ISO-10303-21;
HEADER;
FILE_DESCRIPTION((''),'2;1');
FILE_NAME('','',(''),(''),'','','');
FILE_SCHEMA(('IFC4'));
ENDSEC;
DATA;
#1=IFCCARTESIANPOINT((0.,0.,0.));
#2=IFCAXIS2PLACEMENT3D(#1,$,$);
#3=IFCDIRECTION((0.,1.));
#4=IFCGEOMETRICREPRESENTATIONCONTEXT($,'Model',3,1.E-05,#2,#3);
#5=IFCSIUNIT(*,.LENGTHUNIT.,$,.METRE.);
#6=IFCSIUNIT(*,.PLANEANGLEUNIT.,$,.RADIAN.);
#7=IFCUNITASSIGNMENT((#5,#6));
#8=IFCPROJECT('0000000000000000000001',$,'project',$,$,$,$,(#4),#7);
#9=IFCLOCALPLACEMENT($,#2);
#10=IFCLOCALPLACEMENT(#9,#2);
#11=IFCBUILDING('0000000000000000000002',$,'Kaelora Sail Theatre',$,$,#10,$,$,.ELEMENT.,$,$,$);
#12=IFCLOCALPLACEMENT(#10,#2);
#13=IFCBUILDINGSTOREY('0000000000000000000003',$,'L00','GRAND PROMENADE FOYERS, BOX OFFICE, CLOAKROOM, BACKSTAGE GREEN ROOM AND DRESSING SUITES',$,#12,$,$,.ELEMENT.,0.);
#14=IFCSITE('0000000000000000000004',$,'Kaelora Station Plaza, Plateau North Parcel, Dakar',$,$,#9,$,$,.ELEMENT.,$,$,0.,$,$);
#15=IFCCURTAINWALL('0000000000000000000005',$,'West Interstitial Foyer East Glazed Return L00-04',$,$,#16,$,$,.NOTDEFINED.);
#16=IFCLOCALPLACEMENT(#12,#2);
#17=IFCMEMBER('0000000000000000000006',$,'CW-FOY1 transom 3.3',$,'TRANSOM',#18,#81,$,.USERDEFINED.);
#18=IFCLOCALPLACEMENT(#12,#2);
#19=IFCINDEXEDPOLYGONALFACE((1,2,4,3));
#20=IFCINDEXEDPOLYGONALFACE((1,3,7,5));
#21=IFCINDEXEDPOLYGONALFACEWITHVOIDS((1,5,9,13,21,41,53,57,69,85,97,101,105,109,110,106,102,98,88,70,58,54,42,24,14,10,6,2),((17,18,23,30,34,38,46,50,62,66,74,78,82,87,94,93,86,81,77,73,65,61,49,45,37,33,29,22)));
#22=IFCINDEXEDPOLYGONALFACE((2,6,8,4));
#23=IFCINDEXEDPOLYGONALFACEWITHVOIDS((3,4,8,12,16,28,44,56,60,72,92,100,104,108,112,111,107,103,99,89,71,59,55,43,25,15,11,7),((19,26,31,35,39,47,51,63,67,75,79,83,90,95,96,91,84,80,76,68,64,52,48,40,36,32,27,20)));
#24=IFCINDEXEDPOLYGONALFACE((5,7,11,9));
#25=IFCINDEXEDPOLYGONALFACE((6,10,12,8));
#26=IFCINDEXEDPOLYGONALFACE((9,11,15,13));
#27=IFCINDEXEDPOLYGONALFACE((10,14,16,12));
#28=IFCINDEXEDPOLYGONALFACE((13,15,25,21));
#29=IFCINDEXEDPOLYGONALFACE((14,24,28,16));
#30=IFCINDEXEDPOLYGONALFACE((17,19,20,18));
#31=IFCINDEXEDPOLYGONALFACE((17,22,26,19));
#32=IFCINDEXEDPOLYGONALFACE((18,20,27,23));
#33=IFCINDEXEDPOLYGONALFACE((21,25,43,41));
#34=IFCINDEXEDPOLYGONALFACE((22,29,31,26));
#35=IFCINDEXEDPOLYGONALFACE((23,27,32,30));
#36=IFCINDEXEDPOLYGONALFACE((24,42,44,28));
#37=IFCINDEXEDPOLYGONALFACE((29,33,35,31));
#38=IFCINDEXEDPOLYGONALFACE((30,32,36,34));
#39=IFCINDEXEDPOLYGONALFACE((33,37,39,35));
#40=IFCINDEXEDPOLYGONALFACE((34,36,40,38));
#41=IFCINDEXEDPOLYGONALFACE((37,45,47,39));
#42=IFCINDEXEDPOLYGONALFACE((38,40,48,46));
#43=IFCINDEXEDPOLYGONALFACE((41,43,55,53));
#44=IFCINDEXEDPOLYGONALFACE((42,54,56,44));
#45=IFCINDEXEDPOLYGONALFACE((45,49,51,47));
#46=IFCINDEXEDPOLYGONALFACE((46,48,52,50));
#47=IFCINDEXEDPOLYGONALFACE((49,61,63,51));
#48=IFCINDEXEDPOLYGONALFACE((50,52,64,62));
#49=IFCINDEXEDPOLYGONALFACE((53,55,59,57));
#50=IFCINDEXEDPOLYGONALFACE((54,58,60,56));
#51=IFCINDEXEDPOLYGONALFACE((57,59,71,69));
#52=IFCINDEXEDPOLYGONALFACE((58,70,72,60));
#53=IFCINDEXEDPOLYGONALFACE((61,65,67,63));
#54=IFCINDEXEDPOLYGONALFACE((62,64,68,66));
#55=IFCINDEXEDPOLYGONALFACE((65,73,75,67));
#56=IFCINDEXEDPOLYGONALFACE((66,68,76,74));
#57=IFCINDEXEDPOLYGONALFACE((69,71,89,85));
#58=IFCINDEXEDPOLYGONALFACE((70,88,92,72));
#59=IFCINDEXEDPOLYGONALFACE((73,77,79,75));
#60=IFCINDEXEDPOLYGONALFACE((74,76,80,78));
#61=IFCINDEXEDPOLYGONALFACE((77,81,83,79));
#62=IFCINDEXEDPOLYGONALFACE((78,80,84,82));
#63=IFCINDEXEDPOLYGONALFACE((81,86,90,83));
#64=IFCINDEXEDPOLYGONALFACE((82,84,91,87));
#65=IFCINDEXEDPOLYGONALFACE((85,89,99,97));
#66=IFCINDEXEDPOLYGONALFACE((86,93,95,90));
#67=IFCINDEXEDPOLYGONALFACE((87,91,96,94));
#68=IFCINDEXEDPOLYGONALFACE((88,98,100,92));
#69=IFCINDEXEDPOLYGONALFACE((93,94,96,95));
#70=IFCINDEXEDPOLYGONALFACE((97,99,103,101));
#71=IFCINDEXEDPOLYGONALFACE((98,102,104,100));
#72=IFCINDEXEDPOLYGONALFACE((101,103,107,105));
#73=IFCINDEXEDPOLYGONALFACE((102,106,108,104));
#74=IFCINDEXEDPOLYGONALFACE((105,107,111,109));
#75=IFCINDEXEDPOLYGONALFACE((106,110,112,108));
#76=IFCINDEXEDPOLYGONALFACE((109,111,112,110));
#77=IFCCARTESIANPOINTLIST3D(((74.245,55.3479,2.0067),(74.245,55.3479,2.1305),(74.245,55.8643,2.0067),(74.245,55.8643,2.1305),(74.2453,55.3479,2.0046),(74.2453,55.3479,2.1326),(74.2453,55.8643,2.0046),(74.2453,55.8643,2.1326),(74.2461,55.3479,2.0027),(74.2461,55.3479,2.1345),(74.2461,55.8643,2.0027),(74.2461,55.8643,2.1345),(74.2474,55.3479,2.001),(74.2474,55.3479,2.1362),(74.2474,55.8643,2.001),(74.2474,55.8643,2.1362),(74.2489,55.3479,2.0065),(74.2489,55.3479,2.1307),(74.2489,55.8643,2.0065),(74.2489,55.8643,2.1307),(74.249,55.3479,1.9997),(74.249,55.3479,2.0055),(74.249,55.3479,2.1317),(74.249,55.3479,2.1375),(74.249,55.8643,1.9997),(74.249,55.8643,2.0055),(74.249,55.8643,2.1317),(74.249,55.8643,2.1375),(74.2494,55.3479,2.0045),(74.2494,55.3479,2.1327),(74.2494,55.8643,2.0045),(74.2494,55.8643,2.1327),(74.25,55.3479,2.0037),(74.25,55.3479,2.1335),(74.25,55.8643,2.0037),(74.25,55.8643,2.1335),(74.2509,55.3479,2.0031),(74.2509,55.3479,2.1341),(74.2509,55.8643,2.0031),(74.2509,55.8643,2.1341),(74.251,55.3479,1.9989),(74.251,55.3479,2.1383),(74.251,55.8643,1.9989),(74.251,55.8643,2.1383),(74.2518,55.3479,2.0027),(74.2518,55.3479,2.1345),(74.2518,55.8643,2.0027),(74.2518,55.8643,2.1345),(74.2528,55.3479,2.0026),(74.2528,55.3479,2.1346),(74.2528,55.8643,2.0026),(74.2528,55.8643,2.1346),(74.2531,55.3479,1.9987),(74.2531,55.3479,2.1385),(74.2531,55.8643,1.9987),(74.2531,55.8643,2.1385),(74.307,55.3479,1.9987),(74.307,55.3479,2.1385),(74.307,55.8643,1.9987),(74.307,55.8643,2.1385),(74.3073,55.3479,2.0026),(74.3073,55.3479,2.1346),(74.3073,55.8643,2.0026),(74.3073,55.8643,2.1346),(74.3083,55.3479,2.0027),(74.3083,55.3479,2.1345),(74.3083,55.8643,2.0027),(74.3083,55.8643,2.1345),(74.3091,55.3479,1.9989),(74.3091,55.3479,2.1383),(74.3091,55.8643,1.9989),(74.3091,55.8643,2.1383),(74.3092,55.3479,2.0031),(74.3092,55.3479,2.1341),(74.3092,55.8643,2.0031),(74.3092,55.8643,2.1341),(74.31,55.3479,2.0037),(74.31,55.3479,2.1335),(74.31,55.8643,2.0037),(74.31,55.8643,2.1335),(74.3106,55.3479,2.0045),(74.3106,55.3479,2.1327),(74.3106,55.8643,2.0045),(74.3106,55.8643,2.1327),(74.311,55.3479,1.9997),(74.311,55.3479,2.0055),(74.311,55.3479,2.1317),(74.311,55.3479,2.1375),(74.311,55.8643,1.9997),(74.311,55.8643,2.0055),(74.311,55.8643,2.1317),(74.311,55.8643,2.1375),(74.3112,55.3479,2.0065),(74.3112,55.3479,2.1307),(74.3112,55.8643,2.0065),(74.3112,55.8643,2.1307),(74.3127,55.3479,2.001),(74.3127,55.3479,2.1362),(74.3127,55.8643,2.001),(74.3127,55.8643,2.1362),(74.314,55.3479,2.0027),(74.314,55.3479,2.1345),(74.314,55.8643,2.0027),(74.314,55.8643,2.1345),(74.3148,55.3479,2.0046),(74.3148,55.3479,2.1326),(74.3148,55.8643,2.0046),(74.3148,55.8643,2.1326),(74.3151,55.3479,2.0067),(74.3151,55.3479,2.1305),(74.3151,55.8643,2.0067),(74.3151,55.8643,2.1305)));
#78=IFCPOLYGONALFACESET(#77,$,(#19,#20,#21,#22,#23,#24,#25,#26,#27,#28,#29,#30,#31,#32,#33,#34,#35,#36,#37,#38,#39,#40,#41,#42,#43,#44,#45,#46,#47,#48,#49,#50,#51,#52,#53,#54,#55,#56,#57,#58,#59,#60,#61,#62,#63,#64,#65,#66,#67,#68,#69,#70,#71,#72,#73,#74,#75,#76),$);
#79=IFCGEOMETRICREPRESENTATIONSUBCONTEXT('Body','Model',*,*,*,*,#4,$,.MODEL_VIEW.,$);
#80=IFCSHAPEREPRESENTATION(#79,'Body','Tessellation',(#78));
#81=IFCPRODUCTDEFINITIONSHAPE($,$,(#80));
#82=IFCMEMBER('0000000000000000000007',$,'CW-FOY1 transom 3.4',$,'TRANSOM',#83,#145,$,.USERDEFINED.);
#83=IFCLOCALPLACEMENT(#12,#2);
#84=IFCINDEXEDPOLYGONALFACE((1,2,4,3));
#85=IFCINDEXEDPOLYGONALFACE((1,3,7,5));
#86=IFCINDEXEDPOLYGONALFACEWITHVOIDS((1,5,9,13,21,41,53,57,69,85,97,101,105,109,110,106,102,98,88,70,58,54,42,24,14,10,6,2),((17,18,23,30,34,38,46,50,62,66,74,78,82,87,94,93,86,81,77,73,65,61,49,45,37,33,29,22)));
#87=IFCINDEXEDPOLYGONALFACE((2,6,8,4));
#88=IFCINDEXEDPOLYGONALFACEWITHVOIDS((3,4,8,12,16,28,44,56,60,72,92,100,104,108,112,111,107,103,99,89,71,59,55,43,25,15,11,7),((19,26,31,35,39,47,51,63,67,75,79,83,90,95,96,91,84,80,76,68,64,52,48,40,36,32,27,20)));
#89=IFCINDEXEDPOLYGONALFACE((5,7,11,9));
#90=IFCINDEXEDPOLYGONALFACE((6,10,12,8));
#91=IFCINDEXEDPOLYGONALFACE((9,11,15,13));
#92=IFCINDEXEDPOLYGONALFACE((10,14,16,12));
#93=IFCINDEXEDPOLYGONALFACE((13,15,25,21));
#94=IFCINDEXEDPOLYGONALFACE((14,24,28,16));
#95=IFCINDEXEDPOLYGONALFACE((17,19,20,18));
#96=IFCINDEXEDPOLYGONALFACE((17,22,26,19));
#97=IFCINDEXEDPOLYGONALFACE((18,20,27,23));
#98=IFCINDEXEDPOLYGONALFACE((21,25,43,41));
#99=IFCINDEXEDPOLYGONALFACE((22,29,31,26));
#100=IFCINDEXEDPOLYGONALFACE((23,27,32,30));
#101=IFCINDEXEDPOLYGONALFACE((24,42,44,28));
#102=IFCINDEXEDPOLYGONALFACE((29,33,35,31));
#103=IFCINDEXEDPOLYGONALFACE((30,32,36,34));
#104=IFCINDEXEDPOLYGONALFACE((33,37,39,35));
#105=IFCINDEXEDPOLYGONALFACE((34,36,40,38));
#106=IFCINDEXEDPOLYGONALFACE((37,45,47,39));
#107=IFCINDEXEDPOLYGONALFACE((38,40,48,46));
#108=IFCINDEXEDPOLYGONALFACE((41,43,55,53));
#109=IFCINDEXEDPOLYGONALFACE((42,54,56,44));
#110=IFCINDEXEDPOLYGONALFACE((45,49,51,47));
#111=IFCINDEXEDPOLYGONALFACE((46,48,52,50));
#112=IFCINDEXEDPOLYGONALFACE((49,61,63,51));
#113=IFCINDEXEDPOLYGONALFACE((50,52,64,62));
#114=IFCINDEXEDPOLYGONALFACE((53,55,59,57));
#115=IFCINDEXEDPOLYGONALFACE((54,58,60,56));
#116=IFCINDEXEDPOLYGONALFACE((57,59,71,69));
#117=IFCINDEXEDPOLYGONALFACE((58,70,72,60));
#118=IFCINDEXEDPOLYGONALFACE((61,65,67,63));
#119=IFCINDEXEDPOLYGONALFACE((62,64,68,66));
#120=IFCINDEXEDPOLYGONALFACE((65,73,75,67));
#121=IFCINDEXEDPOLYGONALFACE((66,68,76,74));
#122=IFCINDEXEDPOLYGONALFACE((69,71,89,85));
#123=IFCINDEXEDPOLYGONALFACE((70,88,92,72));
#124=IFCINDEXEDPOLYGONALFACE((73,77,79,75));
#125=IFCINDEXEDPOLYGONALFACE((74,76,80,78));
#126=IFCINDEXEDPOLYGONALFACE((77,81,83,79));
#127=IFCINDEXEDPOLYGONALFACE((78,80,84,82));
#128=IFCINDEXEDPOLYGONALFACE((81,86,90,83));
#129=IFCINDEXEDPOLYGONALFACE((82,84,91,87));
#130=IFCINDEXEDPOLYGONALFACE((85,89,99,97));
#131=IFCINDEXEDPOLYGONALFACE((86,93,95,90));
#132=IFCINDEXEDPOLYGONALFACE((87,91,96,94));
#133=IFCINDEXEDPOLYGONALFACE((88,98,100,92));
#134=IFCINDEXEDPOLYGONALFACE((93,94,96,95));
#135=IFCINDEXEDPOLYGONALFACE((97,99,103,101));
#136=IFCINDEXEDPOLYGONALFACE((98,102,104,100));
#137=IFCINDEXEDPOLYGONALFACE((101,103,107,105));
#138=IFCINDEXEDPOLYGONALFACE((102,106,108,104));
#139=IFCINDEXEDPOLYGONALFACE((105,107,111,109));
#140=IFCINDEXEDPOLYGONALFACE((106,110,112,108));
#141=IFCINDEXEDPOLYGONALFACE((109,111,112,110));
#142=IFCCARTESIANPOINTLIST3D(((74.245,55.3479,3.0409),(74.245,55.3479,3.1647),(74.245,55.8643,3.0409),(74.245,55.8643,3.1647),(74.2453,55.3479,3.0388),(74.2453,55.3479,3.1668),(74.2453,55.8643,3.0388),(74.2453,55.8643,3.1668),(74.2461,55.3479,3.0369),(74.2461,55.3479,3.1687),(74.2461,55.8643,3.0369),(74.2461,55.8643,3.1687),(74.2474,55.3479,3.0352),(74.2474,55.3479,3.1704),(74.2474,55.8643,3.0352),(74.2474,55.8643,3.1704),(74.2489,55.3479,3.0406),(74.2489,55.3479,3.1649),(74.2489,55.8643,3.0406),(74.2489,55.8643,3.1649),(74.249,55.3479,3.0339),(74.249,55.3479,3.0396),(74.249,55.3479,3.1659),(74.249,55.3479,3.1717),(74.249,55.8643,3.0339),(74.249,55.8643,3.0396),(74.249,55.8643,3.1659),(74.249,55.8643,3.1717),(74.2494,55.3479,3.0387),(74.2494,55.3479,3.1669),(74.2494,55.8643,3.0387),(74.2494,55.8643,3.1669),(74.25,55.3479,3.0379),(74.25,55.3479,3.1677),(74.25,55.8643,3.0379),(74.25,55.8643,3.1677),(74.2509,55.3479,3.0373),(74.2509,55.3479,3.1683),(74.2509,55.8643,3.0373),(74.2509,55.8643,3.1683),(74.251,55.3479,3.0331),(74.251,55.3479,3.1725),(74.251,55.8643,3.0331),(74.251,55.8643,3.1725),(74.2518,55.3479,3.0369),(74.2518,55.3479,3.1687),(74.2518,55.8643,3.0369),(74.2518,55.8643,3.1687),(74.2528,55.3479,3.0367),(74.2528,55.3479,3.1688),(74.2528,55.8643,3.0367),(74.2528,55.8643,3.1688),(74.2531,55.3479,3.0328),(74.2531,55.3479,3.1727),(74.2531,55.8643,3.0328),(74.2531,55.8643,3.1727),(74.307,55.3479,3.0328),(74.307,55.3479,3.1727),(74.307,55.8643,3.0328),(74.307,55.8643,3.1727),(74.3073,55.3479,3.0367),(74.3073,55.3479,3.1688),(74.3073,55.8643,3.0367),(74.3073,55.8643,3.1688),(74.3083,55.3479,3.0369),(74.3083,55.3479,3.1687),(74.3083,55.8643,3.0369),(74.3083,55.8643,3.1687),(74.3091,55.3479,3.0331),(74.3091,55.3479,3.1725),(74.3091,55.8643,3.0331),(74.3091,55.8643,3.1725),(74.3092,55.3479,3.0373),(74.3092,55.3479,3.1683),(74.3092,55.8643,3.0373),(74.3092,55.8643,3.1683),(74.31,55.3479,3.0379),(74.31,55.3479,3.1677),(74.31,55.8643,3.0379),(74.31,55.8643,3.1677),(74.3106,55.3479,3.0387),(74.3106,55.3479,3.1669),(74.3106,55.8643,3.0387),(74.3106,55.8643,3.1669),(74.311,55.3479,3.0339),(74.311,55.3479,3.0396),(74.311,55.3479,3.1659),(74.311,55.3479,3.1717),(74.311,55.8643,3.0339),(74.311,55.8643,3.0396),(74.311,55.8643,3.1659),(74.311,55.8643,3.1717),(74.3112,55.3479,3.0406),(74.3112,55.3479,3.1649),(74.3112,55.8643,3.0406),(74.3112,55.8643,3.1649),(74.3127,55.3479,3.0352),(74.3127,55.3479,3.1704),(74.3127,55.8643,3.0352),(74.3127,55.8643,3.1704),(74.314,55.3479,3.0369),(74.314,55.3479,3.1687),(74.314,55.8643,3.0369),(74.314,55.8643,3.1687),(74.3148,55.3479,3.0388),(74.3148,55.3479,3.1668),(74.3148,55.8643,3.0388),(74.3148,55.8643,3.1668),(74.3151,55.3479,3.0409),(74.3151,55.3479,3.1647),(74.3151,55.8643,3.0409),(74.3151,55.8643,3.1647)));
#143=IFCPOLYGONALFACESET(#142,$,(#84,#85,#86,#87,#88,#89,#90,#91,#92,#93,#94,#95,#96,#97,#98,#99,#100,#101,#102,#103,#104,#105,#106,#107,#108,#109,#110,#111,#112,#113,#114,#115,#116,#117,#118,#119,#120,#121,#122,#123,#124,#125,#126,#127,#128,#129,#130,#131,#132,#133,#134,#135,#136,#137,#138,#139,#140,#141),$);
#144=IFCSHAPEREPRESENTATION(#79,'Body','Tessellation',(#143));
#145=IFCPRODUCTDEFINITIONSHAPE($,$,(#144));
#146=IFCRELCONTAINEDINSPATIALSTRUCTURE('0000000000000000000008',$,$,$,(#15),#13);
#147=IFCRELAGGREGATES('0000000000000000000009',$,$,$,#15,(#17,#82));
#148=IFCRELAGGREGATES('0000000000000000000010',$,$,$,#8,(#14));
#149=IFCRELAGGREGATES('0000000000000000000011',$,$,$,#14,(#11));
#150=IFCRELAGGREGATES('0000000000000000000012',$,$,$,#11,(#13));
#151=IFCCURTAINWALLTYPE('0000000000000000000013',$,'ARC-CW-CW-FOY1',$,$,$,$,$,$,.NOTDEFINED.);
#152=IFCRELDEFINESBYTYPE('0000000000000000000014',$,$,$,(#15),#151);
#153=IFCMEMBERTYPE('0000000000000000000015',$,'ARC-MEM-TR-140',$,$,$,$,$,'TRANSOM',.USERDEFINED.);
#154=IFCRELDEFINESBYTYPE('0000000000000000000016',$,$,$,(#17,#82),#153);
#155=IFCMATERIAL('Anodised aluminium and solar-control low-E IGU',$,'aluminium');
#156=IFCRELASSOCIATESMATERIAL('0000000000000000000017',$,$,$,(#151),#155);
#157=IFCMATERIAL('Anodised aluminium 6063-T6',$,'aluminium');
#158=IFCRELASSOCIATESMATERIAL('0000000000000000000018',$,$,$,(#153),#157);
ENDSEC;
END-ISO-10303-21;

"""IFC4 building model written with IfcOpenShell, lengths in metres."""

from ifc_helpers import new_model, si_unit, direction, frame, origin, origin_2d, place, context, subcontext, project, spatial, hollow_rectangle, extrude, material, material_profile, profile_set, type_object, element, aggregate, save


model = new_model("IFC4")

# Units and contexts
model_context = context("Model", 3, precision=1e-05, world=origin(), true_north=direction((0.0, 1.0)))
body_context = subcontext(model_context, "Body", "Model", "MODEL_VIEW")
ifc_project = project(units=[si_unit("LENGTHUNIT", "METRE"), si_unit("PLANEANGLEUNIT", "RADIAN")], contexts=[model_context])

# Site, building, storey
site_placement = place(None, origin())
site = spatial("IfcSite", under=ifc_project, at=site_placement, Name="Kaelora Station Plaza, Plateau North Parcel, Dakar", CompositionType="ELEMENT", RefElevation=0.0)
building_placement = place(site_placement, origin())
building = spatial("IfcBuilding", under=site, at=building_placement, Name="Kaelora Sail Theatre", CompositionType="ELEMENT")
storey_placement = place(building_placement, origin())
storey = spatial("IfcBuildingStorey", under=building, at=storey_placement, Name="L00", Description="GRAND PROMENADE FOYERS, BOX OFFICE, CLOAKROOM, BACKSTAGE GREEN ROOM AND DRESSING SUITES", CompositionType="ELEMENT", Elevation=0.0)

# Curtain wall, members
ifc_material_1 = material(Name="Anodised aluminium and solar-control low-E IGU", Category="aluminium")
curtain_wall_type = type_object("IfcCurtainWallType", Name="ARC-CW-CW-FOY1", PredefinedType="NOTDEFINED", material=ifc_material_1)
curtain_wall_placement = place(storey_placement, origin())
curtain_wall = element("IfcCurtainWall", 1, at=curtain_wall_placement, inside=storey, type_object=curtain_wall_type, Name="West Interstitial Foyer East Glazed Return L00-04", PredefinedType="NOTDEFINED")
ifc_material_2 = material(Name="Anodised aluminium 6063-T6", Category="aluminium")
ifc_material_profile = material_profile(ifc_material_2, hollow_rectangle(XDim=0.0701, YDim=0.1399, WallThickness=0.0039, InnerFilletRadius=0.0039, OuterFilletRadius=0.0081, at=origin_2d()), Name="ALU-TRAN 70x140x4")
ifc_profile_set = profile_set([ifc_material_profile], Name="Anodised aluminium 6063-T6")
member_type = type_object("IfcMemberType", Name="ARC-MEM-TR-140", ElementType="TRANSOM", PredefinedType="USERDEFINED", material=ifc_profile_set)
member_1_placement = place(storey_placement, frame((74.28, 55.3479, 2.0686), z_axis=(0.0, 1.0, 0.0), x_axis=(-1.0, 0.0, 0.0)))
member_1 = element("IfcMember", 2, at=member_1_placement, type_object=member_type, Name="CW-FOY1 transom 3.3", ObjectType="TRANSOM", PredefinedType="USERDEFINED", context=body_context, shape_type="SweptSolid", body=[
    extrude(hollow_rectangle(XDim=0.0701, YDim=0.1399, WallThickness=0.0039, InnerFilletRadius=0.0039, OuterFilletRadius=0.0081, at=origin_2d()), origin(), (0.0, 0.0, 1.0), 0.5164),
])
member_2_placement = place(storey_placement, frame((74.28, 55.3479, 3.1028), z_axis=(0.0, 1.0, 0.0), x_axis=(-1.0, 0.0, 0.0)))
member_2 = element("IfcMember", 3, at=member_2_placement, type_object=member_type, Name="CW-FOY1 transom 3.4", ObjectType="TRANSOM", PredefinedType="USERDEFINED", context=body_context, shape_type="SweptSolid", body=[
    extrude(hollow_rectangle(XDim=0.0701, YDim=0.1399, WallThickness=0.0039, InnerFilletRadius=0.0039, OuterFilletRadius=0.0081, at=origin_2d()), origin(), (0.0, 0.0, 1.0), 0.5164),
])
aggregate(curtain_wall, [member_1, member_2])

save(model, "model.ifc")
